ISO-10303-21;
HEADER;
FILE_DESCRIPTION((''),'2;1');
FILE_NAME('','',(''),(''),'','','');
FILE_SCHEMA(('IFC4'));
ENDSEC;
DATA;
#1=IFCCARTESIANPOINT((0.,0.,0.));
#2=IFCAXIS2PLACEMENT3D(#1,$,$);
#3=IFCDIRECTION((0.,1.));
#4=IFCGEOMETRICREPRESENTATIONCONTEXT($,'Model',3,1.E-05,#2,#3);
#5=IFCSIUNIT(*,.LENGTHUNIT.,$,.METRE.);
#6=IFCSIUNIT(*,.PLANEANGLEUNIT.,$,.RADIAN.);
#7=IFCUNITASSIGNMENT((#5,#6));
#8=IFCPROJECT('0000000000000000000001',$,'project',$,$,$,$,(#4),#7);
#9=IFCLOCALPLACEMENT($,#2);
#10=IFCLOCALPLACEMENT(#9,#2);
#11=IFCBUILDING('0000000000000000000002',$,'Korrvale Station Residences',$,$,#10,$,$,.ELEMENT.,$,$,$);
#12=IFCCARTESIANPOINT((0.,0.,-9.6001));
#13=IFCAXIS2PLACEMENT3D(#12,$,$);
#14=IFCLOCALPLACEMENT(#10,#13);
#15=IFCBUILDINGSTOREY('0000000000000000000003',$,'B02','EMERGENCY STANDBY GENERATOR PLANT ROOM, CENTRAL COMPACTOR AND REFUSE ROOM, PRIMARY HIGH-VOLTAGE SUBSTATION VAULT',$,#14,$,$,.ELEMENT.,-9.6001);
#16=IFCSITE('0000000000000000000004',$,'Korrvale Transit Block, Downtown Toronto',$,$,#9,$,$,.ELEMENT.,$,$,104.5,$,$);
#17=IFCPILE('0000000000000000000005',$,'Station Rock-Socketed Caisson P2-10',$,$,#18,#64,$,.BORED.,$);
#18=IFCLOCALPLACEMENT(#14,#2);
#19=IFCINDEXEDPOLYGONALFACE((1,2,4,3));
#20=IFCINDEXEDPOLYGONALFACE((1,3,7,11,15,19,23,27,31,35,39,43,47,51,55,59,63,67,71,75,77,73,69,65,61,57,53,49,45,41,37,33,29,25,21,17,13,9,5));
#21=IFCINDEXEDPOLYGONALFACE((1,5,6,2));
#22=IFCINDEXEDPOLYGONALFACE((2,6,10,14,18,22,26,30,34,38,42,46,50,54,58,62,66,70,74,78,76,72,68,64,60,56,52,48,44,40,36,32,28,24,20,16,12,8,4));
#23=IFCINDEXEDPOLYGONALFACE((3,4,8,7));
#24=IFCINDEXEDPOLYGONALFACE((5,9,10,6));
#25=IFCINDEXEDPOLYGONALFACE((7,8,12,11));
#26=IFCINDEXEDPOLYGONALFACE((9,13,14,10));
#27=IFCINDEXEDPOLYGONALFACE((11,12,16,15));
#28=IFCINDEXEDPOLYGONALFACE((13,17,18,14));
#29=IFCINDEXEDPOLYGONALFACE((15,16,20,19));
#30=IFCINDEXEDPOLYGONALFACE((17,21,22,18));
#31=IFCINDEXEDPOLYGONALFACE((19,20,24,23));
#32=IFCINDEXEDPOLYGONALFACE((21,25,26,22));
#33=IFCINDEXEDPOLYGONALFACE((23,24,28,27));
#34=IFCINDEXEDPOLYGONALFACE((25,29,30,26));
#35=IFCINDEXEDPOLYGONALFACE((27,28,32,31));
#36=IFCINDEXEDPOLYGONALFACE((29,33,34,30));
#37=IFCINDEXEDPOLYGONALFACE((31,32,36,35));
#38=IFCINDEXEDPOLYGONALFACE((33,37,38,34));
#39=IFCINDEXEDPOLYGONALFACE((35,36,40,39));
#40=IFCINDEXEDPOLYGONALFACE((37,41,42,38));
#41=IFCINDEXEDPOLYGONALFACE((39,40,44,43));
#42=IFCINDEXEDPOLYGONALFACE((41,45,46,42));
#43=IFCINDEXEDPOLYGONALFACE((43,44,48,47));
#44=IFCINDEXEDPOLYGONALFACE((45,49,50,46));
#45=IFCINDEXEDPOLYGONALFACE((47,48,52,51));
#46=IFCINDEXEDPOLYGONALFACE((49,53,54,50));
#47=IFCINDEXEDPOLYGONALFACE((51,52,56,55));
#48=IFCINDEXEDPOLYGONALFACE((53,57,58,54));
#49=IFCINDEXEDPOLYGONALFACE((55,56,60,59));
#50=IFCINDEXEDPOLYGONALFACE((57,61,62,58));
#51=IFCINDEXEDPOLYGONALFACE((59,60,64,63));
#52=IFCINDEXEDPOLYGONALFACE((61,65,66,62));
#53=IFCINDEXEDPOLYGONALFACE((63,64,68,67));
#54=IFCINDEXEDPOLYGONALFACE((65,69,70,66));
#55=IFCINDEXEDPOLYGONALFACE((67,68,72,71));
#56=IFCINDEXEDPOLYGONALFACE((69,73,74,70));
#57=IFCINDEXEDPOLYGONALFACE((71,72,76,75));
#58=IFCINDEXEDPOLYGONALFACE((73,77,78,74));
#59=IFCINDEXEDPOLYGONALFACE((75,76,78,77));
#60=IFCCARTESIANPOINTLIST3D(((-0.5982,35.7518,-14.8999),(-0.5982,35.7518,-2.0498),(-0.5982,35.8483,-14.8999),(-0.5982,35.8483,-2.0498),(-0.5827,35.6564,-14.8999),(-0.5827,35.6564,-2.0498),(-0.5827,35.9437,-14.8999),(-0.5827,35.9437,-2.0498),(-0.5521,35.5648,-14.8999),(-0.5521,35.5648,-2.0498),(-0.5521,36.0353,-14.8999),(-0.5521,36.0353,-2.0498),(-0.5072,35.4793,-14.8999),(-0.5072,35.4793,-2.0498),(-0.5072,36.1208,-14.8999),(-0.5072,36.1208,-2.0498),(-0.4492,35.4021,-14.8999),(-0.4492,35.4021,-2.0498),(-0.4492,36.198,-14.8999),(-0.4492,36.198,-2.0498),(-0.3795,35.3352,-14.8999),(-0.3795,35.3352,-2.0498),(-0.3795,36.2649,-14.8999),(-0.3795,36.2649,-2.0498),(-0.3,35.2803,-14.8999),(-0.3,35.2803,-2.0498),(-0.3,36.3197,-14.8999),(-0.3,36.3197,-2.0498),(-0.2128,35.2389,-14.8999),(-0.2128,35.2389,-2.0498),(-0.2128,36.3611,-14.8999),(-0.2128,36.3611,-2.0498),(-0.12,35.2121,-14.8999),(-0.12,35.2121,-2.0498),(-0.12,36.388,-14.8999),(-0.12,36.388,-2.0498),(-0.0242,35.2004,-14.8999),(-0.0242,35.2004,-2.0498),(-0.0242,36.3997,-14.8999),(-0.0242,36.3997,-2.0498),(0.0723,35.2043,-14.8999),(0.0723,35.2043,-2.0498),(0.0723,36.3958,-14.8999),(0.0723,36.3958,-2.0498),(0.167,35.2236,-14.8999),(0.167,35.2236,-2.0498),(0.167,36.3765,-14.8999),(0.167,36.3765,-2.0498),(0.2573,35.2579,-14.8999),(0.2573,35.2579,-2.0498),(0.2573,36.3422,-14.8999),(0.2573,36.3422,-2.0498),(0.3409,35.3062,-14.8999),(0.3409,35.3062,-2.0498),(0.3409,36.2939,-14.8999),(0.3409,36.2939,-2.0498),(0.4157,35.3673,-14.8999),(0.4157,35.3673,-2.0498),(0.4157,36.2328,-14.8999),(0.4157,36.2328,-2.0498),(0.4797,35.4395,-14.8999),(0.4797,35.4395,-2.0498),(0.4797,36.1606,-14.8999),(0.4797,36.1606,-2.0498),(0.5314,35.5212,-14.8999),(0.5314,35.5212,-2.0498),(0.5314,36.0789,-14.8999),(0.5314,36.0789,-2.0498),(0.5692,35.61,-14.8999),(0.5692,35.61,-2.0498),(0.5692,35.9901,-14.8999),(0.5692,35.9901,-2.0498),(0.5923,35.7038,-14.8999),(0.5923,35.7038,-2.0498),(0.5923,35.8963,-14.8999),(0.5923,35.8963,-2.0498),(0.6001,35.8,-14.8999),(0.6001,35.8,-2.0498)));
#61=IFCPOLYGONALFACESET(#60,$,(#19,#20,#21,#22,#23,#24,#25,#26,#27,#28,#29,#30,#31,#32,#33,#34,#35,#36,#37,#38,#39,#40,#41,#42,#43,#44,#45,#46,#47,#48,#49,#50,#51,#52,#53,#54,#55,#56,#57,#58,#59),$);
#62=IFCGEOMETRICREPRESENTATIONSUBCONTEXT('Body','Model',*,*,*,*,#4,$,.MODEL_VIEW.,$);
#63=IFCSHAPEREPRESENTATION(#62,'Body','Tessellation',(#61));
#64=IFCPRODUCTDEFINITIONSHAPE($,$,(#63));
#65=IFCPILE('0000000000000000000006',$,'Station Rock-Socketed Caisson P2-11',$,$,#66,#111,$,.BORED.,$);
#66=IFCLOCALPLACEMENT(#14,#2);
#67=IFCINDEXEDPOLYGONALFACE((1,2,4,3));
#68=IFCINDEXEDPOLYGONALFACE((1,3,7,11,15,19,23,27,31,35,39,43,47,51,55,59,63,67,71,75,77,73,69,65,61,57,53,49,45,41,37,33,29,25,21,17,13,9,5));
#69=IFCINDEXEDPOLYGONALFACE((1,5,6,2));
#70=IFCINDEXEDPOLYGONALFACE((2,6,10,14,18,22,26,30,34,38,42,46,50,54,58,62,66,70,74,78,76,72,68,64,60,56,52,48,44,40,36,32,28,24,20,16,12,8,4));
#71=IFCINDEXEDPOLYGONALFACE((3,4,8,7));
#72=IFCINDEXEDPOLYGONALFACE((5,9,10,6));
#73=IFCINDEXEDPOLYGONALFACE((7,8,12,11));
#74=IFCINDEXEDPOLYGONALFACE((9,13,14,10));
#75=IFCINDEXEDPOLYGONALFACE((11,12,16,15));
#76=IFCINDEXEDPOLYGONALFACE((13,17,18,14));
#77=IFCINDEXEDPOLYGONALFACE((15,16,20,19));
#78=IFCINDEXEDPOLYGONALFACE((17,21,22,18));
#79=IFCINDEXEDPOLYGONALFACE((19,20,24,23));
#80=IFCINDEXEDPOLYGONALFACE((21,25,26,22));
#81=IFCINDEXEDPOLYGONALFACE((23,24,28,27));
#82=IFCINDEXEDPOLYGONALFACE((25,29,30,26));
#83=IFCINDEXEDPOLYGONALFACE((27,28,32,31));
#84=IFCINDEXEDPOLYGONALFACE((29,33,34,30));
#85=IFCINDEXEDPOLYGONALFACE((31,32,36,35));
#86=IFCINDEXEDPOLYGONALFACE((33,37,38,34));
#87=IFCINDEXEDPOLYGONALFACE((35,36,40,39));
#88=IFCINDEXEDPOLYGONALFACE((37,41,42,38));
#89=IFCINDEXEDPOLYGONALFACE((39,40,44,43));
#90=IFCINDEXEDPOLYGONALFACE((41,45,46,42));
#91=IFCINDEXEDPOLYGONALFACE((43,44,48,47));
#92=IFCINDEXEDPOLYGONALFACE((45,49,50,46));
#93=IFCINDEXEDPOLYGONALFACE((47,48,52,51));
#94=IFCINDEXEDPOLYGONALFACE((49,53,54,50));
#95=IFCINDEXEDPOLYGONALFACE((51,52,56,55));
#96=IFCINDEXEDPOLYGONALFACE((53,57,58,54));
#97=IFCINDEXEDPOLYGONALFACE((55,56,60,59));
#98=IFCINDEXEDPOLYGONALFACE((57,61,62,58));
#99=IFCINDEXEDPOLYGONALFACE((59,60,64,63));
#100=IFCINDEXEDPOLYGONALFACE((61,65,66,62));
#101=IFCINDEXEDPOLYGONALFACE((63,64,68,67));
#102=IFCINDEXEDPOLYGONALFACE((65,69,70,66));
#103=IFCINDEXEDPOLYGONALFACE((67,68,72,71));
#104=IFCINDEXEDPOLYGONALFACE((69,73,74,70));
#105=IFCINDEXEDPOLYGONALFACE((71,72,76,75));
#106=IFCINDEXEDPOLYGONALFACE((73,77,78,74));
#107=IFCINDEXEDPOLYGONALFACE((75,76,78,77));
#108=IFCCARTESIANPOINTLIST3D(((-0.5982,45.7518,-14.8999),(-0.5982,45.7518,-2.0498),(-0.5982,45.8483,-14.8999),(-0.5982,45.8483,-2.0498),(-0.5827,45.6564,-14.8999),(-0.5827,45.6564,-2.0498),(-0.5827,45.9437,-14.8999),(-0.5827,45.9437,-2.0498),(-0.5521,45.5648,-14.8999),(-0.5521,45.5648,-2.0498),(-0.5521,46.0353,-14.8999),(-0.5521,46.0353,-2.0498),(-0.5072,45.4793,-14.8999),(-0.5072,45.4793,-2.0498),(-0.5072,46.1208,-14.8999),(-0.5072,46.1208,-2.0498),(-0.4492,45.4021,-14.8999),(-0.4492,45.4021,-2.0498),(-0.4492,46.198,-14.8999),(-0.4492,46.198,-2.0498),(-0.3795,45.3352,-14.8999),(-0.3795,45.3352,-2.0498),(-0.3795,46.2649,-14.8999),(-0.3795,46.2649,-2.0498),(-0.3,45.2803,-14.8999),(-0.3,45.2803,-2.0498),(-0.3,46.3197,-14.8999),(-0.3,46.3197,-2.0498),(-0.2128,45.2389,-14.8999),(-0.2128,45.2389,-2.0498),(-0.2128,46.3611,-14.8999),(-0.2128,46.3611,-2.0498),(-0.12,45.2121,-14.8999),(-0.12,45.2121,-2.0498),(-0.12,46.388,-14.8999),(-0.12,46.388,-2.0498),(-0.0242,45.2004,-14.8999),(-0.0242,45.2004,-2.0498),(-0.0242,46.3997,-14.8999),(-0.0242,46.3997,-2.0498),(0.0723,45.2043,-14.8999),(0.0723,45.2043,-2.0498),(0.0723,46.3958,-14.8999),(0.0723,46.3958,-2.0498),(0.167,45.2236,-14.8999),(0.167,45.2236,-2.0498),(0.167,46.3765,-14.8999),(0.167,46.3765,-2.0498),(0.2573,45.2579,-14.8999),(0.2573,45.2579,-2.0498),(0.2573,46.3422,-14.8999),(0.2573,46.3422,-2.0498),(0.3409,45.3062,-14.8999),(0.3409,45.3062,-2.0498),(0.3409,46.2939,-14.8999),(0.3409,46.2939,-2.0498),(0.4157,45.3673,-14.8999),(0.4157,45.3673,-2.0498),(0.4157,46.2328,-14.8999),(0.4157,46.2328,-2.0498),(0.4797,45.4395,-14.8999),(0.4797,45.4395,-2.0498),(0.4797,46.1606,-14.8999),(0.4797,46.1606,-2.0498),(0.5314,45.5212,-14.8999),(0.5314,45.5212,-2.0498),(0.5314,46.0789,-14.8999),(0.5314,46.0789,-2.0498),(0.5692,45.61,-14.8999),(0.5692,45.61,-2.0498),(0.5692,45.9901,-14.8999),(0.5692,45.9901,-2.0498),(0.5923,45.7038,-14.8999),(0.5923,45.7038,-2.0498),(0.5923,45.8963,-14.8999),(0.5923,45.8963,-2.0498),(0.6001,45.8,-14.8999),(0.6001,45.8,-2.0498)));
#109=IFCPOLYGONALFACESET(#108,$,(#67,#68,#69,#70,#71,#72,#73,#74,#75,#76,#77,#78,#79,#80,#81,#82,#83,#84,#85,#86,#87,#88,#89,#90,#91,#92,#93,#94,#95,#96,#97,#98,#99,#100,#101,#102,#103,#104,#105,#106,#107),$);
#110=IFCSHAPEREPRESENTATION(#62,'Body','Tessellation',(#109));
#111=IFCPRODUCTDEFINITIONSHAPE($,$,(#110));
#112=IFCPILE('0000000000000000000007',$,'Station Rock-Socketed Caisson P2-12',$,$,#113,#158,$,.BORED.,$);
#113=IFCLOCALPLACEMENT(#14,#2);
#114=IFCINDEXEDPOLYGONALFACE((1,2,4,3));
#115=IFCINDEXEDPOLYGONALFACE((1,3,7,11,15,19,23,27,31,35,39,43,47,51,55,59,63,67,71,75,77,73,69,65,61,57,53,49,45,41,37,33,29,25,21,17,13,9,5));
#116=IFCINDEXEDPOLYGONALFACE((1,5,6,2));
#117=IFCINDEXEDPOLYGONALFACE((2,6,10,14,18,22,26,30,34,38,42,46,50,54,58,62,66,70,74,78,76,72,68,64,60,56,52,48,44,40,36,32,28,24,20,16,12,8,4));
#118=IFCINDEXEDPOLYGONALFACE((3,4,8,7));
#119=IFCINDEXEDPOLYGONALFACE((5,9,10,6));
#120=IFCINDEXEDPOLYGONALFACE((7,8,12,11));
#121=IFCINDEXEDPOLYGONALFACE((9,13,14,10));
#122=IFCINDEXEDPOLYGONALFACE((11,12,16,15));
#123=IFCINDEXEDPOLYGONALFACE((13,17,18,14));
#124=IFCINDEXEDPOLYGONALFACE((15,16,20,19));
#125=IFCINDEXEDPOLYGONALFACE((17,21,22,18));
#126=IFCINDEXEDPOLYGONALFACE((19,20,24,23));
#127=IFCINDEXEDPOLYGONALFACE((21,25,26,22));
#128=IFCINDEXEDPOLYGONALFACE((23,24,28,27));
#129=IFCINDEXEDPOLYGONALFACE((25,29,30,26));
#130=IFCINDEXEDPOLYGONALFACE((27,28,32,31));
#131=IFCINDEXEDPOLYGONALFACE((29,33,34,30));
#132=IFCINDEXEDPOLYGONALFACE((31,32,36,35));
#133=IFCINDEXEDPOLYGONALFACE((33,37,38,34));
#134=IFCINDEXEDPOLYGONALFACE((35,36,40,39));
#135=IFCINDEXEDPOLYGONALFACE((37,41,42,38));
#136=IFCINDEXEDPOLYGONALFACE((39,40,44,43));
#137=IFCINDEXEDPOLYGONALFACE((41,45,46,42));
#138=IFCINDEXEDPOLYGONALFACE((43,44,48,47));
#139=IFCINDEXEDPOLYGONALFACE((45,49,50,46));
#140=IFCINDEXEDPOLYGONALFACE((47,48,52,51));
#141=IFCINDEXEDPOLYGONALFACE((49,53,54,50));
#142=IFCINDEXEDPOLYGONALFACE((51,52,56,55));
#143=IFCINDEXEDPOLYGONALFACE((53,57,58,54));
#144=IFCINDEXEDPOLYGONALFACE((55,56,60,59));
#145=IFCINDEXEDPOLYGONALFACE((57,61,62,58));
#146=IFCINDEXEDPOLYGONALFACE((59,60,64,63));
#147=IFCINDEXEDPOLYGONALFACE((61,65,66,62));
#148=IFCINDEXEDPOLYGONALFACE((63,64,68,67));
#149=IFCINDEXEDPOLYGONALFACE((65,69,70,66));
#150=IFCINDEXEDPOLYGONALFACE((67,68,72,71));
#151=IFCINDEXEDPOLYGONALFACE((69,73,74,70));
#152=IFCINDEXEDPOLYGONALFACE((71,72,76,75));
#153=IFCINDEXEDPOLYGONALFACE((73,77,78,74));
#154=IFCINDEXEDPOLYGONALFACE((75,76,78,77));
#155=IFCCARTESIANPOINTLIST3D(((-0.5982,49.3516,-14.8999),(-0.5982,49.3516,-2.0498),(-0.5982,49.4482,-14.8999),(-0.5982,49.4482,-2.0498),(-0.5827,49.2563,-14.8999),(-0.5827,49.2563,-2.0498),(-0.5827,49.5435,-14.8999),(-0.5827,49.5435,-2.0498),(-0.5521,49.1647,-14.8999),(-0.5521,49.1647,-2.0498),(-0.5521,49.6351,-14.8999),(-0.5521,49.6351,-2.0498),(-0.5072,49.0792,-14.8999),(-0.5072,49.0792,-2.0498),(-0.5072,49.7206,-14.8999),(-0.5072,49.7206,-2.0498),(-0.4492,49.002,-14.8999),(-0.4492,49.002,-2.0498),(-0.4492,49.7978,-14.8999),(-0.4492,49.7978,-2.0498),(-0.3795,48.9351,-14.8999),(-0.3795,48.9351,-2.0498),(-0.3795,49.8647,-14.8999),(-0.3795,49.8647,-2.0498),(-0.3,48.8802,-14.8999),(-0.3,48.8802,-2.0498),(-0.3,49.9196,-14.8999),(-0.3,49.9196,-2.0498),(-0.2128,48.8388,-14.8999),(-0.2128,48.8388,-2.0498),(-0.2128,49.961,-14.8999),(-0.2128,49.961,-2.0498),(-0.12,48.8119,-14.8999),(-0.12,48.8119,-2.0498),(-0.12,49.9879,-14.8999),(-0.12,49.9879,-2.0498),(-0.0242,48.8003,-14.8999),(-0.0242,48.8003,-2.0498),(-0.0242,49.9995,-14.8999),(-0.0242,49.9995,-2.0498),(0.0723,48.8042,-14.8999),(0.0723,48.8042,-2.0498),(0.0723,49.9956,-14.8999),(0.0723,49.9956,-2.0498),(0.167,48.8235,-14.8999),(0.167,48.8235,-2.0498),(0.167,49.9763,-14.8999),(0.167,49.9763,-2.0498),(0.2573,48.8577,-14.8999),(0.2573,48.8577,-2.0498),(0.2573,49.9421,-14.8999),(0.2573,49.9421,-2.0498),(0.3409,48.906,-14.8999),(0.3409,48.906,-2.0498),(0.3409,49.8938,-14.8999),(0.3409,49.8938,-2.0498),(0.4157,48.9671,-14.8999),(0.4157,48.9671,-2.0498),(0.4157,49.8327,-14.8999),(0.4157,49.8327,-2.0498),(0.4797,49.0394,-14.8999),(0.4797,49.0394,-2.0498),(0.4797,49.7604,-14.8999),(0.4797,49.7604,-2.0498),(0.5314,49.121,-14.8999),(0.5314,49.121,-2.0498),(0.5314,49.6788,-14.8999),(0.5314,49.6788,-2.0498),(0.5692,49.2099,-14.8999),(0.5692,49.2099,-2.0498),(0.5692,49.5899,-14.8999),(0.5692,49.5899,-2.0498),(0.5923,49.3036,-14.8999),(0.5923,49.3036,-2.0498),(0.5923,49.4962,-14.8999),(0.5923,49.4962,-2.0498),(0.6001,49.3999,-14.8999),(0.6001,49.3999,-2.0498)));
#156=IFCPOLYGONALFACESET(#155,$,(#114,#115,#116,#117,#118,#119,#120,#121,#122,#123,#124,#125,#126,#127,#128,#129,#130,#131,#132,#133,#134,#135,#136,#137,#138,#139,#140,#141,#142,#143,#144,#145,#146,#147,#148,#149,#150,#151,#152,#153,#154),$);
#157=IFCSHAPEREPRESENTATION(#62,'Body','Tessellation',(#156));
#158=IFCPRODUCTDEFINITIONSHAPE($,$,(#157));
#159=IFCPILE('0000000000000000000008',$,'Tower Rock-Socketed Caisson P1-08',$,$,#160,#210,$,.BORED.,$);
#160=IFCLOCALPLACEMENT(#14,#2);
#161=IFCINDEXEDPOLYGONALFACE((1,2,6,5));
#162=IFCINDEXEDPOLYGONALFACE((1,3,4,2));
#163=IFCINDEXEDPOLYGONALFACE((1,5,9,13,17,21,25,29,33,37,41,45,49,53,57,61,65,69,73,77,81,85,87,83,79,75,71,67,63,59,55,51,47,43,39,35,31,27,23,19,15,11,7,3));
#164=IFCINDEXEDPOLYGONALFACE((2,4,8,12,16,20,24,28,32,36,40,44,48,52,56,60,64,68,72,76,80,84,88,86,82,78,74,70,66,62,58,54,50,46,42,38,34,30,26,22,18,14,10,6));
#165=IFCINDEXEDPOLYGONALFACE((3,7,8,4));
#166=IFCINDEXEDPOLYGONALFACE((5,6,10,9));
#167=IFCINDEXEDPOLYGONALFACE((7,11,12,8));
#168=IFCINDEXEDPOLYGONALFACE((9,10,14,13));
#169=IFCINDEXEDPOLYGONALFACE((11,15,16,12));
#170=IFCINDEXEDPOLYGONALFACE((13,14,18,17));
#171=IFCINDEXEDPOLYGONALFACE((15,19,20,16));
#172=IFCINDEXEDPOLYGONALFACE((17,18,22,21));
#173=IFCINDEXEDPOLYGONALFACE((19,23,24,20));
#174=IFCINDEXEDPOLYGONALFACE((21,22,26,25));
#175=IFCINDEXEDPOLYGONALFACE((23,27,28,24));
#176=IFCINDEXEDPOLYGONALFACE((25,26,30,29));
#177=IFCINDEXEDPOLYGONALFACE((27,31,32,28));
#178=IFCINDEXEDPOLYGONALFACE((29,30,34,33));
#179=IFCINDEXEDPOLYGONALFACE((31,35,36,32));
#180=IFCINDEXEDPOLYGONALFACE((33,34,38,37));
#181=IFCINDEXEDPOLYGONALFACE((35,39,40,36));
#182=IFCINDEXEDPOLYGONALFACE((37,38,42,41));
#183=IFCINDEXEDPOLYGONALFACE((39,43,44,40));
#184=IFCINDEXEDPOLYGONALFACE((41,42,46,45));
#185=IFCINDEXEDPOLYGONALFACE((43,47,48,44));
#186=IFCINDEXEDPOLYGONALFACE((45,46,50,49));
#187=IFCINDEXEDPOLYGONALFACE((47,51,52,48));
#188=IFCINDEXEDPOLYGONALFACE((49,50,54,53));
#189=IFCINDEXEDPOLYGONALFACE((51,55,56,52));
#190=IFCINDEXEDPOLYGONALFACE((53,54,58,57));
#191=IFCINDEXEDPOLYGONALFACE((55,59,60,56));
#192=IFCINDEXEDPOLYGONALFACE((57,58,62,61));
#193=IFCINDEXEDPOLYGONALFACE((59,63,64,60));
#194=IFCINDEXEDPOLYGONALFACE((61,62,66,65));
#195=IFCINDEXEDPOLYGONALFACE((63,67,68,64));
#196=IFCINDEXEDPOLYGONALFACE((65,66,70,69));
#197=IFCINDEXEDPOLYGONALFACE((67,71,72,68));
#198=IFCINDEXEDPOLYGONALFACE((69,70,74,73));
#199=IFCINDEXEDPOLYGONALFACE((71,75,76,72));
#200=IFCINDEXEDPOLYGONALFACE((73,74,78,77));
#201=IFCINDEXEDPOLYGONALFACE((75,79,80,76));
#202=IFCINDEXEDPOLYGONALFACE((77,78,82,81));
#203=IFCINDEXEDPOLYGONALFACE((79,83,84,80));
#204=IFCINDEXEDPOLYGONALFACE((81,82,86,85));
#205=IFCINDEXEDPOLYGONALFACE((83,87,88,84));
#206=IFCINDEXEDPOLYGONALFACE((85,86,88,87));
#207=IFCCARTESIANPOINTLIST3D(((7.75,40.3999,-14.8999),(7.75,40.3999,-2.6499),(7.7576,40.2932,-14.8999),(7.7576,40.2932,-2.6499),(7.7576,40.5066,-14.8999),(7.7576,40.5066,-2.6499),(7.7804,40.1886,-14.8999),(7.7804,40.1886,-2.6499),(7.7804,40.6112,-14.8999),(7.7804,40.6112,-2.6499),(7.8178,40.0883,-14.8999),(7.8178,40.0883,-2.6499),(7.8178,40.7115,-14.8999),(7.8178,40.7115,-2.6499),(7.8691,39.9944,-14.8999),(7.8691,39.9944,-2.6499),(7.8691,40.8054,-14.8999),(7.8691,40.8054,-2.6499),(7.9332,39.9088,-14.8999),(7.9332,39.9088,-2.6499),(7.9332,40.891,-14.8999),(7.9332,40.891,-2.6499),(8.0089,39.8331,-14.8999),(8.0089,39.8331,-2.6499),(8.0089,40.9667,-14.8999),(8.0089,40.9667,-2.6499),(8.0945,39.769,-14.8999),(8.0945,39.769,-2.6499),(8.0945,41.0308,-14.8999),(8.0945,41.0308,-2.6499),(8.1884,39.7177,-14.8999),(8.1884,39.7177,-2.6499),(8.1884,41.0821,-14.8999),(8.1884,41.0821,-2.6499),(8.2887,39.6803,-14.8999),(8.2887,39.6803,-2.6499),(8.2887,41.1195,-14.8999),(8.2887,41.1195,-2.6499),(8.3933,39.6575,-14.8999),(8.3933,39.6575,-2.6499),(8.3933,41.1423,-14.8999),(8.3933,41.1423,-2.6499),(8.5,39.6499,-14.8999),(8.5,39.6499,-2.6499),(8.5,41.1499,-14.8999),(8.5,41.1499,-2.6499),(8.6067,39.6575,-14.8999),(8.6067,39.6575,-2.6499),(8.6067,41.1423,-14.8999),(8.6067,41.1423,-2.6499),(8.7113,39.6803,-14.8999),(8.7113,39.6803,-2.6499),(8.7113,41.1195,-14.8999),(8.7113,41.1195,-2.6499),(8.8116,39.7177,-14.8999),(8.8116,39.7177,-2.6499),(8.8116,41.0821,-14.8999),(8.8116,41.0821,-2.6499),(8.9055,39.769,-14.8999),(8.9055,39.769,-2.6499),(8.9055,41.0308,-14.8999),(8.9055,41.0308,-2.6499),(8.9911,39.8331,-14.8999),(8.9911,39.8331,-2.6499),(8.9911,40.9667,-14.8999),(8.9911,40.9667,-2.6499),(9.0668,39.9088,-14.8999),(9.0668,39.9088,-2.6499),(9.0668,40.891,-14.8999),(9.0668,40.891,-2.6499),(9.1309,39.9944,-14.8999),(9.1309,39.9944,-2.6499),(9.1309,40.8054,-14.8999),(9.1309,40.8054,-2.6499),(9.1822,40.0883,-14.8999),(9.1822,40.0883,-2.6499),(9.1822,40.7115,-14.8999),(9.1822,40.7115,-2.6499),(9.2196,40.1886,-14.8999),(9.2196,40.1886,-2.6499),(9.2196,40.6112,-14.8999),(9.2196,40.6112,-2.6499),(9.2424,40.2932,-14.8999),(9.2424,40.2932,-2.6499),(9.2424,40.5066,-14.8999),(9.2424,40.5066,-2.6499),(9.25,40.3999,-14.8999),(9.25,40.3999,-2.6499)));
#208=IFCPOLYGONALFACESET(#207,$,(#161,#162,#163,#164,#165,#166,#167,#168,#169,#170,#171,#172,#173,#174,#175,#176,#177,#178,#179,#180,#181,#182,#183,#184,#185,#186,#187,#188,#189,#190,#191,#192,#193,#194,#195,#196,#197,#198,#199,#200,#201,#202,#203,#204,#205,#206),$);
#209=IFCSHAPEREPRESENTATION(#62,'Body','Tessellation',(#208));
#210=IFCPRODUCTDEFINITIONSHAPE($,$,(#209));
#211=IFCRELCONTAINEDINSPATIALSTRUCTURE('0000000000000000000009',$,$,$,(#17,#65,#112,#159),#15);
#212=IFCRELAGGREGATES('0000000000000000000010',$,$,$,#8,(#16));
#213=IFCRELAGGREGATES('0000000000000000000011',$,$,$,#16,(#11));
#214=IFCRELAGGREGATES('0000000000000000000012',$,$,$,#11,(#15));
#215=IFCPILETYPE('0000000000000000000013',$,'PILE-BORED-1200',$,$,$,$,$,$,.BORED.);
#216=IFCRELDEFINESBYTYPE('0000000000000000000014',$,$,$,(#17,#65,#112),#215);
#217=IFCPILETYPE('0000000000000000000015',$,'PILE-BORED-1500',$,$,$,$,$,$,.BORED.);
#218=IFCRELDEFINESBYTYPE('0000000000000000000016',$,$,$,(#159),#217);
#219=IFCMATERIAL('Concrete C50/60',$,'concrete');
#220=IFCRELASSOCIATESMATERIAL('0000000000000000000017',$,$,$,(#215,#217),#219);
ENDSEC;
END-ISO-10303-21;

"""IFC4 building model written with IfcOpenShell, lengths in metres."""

from ifc_helpers import new_model, si_unit, direction, frame, origin, origin_2d, place, context, subcontext, project, spatial, circle, extrude, material, material_profile, profile_set, type_object, element, save


model = new_model("IFC4")

# Units and contexts
model_context = context("Model", 3, precision=1e-05, world=origin(), true_north=direction((0.0, 1.0)))
body_context = subcontext(model_context, "Body", "Model", "MODEL_VIEW")
ifc_project = project(units=[si_unit("LENGTHUNIT", "METRE"), si_unit("PLANEANGLEUNIT", "RADIAN")], contexts=[model_context])

# Site, building, storey
site_placement = place(None, origin())
site = spatial("IfcSite", under=ifc_project, at=site_placement, Name="Korrvale Transit Block, Downtown Toronto", CompositionType="ELEMENT", RefElevation=104.5)
building_placement = place(site_placement, origin())
building = spatial("IfcBuilding", under=site, at=building_placement, Name="Korrvale Station Residences", CompositionType="ELEMENT")
storey_placement = place(building_placement, frame((0.0, 0.0, -9.6001)))
storey = spatial("IfcBuildingStorey", under=building, at=storey_placement, Name="B02", Description="EMERGENCY STANDBY GENERATOR PLANT ROOM, CENTRAL COMPACTOR AND REFUSE ROOM, PRIMARY HIGH-VOLTAGE SUBSTATION VAULT", CompositionType="ELEMENT", Elevation=-9.6001)

# Piles
ifc_material_1 = material(Name="Concrete C50/60", Category="concrete")
ifc_material_profile_1 = material_profile(ifc_material_1, circle(Radius=0.6001, at=origin_2d()), Name="PILE1200")
ifc_profile_set_1 = profile_set([ifc_material_profile_1], Name="Concrete C50/60")
pile_type_1 = type_object("IfcPileType", Name="PILE-BORED-1200", PredefinedType="BORED", material=ifc_profile_set_1)
for number, where, z_axis, x_axis, name in (
    (1, (0.0, 35.8, -2.0498), (0.0, 0.0, -1.0), (1.0, 0.0, 0.0), "Station Rock-Socketed Caisson P2-10"),
    (2, (0.0, 45.8, -2.0498), (0.0, 0.0, -1.0), (1.0, 0.0, 0.0), "Station Rock-Socketed Caisson P2-11"),
    (3, (0.0, 49.3999, -2.0498), (0.0, 0.0, -1.0), (1.0, 0.0, 0.0), "Station Rock-Socketed Caisson P2-12"),
):
    element("IfcPile", number, at=place(storey_placement, frame(where, z_axis=z_axis, x_axis=x_axis)), inside=storey, type_object=pile_type_1, Name=name, PredefinedType="BORED", context=body_context, shape_type="SweptSolid", body=[
        extrude(circle(Radius=0.6001, at=origin_2d()), origin(), (0.0, 0.0, 1.0), 12.8501),
    ])
ifc_material_profile_2 = material_profile(ifc_material_1, circle(Radius=0.75, at=origin_2d()), Name="PILE1500")
ifc_profile_set_2 = profile_set([ifc_material_profile_2], Name="Concrete C50/60")
pile_type_2 = type_object("IfcPileType", Name="PILE-BORED-1500", PredefinedType="BORED", material=ifc_profile_set_2)
for number, where, z_axis, x_axis, name in (
    (4, (8.5, 40.3999, -2.6499), (0.0, 0.0, -1.0), (1.0, 0.0, 0.0), "Tower Rock-Socketed Caisson P1-08"),
):
    element("IfcPile", number, at=place(storey_placement, frame(where, z_axis=z_axis, x_axis=x_axis)), inside=storey, type_object=pile_type_2, Name=name, PredefinedType="BORED", context=body_context, shape_type="SweptSolid", body=[
        extrude(circle(Radius=0.75, at=origin_2d()), origin(), (0.0, 0.0, 1.0), 12.25),
    ])

save(model, "model.ifc")
